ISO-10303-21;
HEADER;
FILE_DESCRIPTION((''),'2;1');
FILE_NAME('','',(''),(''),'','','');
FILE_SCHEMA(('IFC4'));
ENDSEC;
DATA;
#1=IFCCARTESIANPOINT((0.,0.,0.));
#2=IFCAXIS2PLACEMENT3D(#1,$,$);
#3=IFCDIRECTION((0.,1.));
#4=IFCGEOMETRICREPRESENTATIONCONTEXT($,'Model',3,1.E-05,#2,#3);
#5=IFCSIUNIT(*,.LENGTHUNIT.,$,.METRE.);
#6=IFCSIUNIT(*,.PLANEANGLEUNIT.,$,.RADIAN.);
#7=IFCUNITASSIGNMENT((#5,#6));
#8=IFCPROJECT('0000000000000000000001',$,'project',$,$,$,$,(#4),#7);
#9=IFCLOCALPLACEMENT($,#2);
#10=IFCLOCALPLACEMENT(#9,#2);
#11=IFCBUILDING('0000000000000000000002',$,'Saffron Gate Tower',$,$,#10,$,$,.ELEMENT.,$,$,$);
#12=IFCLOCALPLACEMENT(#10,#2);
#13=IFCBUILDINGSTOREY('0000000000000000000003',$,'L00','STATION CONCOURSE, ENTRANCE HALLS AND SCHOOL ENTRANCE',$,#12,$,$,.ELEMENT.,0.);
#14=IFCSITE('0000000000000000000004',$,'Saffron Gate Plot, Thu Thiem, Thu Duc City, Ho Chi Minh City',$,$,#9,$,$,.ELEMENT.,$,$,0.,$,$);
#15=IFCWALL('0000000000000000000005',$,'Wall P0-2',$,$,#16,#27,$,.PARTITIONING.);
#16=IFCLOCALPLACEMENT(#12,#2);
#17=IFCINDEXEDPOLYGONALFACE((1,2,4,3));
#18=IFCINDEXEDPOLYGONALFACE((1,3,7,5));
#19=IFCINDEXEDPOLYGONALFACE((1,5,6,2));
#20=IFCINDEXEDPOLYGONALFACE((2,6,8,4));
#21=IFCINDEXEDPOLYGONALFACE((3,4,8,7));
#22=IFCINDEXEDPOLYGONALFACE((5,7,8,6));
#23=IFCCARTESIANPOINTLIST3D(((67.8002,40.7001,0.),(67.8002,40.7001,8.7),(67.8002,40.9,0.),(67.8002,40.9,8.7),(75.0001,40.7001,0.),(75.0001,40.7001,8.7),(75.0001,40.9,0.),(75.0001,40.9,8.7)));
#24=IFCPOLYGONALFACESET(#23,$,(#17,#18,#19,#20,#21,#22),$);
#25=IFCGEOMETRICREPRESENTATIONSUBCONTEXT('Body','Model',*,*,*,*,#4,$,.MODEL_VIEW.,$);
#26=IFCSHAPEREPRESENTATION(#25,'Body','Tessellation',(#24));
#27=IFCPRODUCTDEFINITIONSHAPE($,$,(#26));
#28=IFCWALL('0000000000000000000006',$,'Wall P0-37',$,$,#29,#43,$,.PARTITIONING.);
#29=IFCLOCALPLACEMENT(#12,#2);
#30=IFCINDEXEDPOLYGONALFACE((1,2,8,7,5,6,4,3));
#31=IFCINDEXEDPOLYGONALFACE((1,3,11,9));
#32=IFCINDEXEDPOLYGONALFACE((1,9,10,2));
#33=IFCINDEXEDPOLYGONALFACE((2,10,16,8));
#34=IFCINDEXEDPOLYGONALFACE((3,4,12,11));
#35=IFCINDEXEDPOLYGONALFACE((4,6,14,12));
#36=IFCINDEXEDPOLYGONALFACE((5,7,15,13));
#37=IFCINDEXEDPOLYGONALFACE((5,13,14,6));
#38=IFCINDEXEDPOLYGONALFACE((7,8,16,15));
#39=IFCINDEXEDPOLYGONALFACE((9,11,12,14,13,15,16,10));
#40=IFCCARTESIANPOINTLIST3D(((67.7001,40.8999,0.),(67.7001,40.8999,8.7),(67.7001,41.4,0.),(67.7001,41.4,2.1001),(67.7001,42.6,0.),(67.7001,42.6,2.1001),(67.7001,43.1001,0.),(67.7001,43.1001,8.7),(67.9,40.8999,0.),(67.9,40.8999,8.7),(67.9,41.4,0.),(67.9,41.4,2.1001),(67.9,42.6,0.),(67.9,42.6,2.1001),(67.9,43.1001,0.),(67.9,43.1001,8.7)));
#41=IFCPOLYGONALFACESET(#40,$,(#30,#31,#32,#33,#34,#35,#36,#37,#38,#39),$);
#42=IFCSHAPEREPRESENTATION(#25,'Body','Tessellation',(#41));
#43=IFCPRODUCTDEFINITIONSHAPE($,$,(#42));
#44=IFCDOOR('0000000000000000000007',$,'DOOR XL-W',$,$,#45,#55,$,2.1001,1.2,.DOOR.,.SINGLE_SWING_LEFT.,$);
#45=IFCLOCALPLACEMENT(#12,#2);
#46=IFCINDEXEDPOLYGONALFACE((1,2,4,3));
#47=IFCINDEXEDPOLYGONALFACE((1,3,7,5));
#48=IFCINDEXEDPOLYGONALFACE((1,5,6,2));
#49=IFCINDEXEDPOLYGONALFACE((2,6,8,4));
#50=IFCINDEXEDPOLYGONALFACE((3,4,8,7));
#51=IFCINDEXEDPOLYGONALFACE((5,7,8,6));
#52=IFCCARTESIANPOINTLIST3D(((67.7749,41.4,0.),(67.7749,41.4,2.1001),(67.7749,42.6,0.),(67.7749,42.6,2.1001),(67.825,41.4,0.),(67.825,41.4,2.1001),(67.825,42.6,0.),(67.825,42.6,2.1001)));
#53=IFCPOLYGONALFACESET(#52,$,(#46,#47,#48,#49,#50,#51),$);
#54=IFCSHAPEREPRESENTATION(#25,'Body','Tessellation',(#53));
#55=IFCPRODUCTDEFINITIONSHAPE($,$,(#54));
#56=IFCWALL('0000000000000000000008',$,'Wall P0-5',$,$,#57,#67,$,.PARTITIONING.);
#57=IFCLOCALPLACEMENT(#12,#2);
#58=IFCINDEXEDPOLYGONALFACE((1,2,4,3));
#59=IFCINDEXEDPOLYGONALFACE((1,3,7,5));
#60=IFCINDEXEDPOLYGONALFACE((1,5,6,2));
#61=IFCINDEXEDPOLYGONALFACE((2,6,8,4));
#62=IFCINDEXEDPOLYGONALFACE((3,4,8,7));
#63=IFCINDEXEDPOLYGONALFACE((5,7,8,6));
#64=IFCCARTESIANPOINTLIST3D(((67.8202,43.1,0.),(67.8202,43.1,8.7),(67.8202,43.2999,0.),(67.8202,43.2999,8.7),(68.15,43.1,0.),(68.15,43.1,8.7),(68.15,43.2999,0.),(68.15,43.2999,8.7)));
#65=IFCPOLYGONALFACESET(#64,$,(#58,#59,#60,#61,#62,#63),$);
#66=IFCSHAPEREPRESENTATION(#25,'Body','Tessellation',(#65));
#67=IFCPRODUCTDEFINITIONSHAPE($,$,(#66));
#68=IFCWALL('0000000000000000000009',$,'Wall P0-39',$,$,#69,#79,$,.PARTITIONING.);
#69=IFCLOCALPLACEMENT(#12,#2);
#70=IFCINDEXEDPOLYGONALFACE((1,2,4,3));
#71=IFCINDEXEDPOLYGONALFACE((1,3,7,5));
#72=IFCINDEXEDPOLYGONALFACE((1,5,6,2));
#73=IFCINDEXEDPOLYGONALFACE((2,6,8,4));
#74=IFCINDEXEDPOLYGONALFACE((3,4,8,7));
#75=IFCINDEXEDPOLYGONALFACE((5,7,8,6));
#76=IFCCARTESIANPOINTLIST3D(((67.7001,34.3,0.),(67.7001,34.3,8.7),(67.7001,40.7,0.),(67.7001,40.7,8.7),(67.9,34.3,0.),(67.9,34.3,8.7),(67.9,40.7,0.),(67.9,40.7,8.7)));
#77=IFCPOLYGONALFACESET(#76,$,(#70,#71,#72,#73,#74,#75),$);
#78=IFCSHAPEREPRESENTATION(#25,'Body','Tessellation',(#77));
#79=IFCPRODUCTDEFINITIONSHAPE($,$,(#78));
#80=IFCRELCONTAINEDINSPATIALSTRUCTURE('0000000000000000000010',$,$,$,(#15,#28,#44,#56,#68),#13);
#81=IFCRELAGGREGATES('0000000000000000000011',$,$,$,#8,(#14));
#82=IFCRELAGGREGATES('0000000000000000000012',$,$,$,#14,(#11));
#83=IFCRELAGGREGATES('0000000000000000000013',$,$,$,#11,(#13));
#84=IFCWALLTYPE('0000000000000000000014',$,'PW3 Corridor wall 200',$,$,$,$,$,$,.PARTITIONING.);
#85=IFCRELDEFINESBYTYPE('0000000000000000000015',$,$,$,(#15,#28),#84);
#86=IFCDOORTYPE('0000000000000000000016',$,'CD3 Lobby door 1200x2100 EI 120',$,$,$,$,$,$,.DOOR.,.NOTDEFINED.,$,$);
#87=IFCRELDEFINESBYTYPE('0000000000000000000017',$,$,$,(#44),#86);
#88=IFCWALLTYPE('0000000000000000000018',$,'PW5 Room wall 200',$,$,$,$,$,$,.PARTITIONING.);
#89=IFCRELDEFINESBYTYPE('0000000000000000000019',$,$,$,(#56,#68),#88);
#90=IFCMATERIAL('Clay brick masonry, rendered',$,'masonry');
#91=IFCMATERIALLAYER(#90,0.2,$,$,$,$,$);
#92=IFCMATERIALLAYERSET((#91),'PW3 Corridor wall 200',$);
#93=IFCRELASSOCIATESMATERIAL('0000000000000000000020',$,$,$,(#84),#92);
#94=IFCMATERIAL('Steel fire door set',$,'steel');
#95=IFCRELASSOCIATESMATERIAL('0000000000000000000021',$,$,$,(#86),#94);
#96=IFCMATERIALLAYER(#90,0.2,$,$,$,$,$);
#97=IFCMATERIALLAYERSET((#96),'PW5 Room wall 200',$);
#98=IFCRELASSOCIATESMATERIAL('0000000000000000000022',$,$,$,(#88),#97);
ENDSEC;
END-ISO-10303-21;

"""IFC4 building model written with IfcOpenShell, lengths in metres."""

from ifc_helpers import new_model, si_unit, direction, frame, frame_2d, origin, place, context, subcontext, project, spatial, rectangle, extrude, material, layer, layer_set, type_object, element, fill, save


model = new_model("IFC4")

# Units and contexts
model_context = context("Model", 3, precision=1e-05, world=origin(), true_north=direction((0.0, 1.0)))
body_context = subcontext(model_context, "Body", "Model", "MODEL_VIEW")
ifc_project = project(units=[si_unit("LENGTHUNIT", "METRE"), si_unit("PLANEANGLEUNIT", "RADIAN")], contexts=[model_context])

# Site, building, storey
site_placement = place(None, origin())
site = spatial("IfcSite", under=ifc_project, at=site_placement, Name="Saffron Gate Plot, Thu Thiem, Thu Duc City, Ho Chi Minh City", CompositionType="ELEMENT", RefElevation=0.0)
building_placement = place(site_placement, origin())
building = spatial("IfcBuilding", under=site, at=building_placement, Name="Saffron Gate Tower", CompositionType="ELEMENT")
storey_placement = place(building_placement, origin())
storey = spatial("IfcBuildingStorey", under=building, at=storey_placement, Name="L00", Description="STATION CONCOURSE, ENTRANCE HALLS AND SCHOOL ENTRANCE", CompositionType="ELEMENT", Elevation=0.0)

# Shared definitions
ifc_material_1 = material(Name="Clay brick masonry, rendered", Category="masonry")
ifc_layer_1 = layer(ifc_material_1, 0.2)
ifc_layer_set_1 = layer_set([ifc_layer_1], Name="PW3 Corridor wall 200")
wall_type_1 = type_object("IfcWallType", Name="PW3 Corridor wall 200", PredefinedType="PARTITIONING", material=ifc_layer_set_1)

# Wall
wall_1_placement = place(storey_placement, frame((67.8, 40.8, 0.0), z_axis=(0.0, 0.0, 1.0), x_axis=(1.0, 0.0, 0.0)))
element("IfcWall", 1, at=wall_1_placement, inside=storey, type_object=wall_type_1, Name="Wall P0-2", PredefinedType="PARTITIONING", context=body_context, shape_type="SweptSolid", body=[
    extrude(rectangle(XDim=7.2, YDim=0.2, at=frame_2d((3.6001, 0.0))), origin(), (0.0, 0.0, 1.0), 8.7),
])

# Wall, opening, door
wall_2_placement = place(storey_placement, frame((67.8, 43.1001, 0.0), z_axis=(0.0, 0.0, 1.0), x_axis=(0.0, -1.0, 0.0)))
wall_2 = element("IfcWall", 2, at=wall_2_placement, inside=storey, type_object=wall_type_1, Name="Wall P0-37", PredefinedType="PARTITIONING", context=body_context, shape_type="SweptSolid", body=[
    extrude(rectangle(XDim=2.2002, YDim=0.2, at=frame_2d((1.1001, 0.0))), origin(), (0.0, 0.0, 1.0), 8.7),
])
opening_1_placement = place(wall_2_placement, frame((0.5, 0.0, 0.0)))
opening_1 = element("IfcOpeningElement", 3, at=opening_1_placement, cuts=wall_2, PredefinedType="OPENING", context=body_context, shape_type="SweptSolid", body=[
    extrude(rectangle(XDim=1.2, YDim=2.1001, at=frame_2d((0.6001, 1.05))), frame((0.0, 0.1099, 0.0), z_axis=(0.0, -1.0, 0.0), x_axis=(1.0, 0.0, 0.0)), (0.0, 0.0, 1.0), 0.22),
])
ifc_material_2 = material(Name="Steel fire door set", Category="steel")
door_type_1 = type_object("IfcDoorType", Name="CD3 Lobby door 1200x2100 EI 120", OperationType="NOTDEFINED", PredefinedType="DOOR", material=ifc_material_2)
door_1_placement = place(opening_1_placement, origin())
door_1 = element("IfcDoor", 4, at=door_1_placement, inside=storey, type_object=door_type_1, Name="DOOR XL-W", OperationType="SINGLE_SWING_LEFT", OverallHeight=2.1001, OverallWidth=1.2, PredefinedType="DOOR", context=body_context, shape_type="SweptSolid", body=[
    extrude(rectangle(XDim=1.2, YDim=2.1001, at=frame_2d((0.6001, 1.05))), frame((0.0, 0.0249, 0.0), z_axis=(0.0, -1.0, 0.0), x_axis=(1.0, 0.0, 0.0)), (0.0, 0.0, 1.0), 0.05),
])
fill(opening_1, door_1)

# Walls
ifc_layer_2 = layer(ifc_material_1, 0.2)
ifc_layer_set_2 = layer_set([ifc_layer_2], Name="PW5 Room wall 200")
wall_type_2 = type_object("IfcWallType", Name="PW5 Room wall 200", PredefinedType="PARTITIONING", material=ifc_layer_set_2)
wall_3_placement = place(storey_placement, frame((67.8201, 43.2, 0.0), z_axis=(0.0, 0.0, 1.0), x_axis=(1.0, 0.0, 0.0)))
element("IfcWall", 5, at=wall_3_placement, inside=storey, type_object=wall_type_2, Name="Wall P0-5", PredefinedType="PARTITIONING", context=body_context, shape_type="SweptSolid", body=[
    extrude(rectangle(XDim=0.3298, YDim=0.2, at=frame_2d((0.165, 0.0))), origin(), (0.0, 0.0, 1.0), 8.7),
])
wall_4_placement = place(storey_placement, frame((67.8, 40.7, 0.0), z_axis=(0.0, 0.0, 1.0), x_axis=(0.0, -1.0, 0.0)))
element("IfcWall", 6, at=wall_4_placement, inside=storey, type_object=wall_type_2, Name="Wall P0-39", PredefinedType="PARTITIONING", context=body_context, shape_type="SweptSolid", body=[
    extrude(rectangle(XDim=6.3999, YDim=0.2, at=frame_2d((3.2, 0.0))), origin(), (0.0, 0.0, 1.0), 8.7),
])

save(model, "model.ifc")
